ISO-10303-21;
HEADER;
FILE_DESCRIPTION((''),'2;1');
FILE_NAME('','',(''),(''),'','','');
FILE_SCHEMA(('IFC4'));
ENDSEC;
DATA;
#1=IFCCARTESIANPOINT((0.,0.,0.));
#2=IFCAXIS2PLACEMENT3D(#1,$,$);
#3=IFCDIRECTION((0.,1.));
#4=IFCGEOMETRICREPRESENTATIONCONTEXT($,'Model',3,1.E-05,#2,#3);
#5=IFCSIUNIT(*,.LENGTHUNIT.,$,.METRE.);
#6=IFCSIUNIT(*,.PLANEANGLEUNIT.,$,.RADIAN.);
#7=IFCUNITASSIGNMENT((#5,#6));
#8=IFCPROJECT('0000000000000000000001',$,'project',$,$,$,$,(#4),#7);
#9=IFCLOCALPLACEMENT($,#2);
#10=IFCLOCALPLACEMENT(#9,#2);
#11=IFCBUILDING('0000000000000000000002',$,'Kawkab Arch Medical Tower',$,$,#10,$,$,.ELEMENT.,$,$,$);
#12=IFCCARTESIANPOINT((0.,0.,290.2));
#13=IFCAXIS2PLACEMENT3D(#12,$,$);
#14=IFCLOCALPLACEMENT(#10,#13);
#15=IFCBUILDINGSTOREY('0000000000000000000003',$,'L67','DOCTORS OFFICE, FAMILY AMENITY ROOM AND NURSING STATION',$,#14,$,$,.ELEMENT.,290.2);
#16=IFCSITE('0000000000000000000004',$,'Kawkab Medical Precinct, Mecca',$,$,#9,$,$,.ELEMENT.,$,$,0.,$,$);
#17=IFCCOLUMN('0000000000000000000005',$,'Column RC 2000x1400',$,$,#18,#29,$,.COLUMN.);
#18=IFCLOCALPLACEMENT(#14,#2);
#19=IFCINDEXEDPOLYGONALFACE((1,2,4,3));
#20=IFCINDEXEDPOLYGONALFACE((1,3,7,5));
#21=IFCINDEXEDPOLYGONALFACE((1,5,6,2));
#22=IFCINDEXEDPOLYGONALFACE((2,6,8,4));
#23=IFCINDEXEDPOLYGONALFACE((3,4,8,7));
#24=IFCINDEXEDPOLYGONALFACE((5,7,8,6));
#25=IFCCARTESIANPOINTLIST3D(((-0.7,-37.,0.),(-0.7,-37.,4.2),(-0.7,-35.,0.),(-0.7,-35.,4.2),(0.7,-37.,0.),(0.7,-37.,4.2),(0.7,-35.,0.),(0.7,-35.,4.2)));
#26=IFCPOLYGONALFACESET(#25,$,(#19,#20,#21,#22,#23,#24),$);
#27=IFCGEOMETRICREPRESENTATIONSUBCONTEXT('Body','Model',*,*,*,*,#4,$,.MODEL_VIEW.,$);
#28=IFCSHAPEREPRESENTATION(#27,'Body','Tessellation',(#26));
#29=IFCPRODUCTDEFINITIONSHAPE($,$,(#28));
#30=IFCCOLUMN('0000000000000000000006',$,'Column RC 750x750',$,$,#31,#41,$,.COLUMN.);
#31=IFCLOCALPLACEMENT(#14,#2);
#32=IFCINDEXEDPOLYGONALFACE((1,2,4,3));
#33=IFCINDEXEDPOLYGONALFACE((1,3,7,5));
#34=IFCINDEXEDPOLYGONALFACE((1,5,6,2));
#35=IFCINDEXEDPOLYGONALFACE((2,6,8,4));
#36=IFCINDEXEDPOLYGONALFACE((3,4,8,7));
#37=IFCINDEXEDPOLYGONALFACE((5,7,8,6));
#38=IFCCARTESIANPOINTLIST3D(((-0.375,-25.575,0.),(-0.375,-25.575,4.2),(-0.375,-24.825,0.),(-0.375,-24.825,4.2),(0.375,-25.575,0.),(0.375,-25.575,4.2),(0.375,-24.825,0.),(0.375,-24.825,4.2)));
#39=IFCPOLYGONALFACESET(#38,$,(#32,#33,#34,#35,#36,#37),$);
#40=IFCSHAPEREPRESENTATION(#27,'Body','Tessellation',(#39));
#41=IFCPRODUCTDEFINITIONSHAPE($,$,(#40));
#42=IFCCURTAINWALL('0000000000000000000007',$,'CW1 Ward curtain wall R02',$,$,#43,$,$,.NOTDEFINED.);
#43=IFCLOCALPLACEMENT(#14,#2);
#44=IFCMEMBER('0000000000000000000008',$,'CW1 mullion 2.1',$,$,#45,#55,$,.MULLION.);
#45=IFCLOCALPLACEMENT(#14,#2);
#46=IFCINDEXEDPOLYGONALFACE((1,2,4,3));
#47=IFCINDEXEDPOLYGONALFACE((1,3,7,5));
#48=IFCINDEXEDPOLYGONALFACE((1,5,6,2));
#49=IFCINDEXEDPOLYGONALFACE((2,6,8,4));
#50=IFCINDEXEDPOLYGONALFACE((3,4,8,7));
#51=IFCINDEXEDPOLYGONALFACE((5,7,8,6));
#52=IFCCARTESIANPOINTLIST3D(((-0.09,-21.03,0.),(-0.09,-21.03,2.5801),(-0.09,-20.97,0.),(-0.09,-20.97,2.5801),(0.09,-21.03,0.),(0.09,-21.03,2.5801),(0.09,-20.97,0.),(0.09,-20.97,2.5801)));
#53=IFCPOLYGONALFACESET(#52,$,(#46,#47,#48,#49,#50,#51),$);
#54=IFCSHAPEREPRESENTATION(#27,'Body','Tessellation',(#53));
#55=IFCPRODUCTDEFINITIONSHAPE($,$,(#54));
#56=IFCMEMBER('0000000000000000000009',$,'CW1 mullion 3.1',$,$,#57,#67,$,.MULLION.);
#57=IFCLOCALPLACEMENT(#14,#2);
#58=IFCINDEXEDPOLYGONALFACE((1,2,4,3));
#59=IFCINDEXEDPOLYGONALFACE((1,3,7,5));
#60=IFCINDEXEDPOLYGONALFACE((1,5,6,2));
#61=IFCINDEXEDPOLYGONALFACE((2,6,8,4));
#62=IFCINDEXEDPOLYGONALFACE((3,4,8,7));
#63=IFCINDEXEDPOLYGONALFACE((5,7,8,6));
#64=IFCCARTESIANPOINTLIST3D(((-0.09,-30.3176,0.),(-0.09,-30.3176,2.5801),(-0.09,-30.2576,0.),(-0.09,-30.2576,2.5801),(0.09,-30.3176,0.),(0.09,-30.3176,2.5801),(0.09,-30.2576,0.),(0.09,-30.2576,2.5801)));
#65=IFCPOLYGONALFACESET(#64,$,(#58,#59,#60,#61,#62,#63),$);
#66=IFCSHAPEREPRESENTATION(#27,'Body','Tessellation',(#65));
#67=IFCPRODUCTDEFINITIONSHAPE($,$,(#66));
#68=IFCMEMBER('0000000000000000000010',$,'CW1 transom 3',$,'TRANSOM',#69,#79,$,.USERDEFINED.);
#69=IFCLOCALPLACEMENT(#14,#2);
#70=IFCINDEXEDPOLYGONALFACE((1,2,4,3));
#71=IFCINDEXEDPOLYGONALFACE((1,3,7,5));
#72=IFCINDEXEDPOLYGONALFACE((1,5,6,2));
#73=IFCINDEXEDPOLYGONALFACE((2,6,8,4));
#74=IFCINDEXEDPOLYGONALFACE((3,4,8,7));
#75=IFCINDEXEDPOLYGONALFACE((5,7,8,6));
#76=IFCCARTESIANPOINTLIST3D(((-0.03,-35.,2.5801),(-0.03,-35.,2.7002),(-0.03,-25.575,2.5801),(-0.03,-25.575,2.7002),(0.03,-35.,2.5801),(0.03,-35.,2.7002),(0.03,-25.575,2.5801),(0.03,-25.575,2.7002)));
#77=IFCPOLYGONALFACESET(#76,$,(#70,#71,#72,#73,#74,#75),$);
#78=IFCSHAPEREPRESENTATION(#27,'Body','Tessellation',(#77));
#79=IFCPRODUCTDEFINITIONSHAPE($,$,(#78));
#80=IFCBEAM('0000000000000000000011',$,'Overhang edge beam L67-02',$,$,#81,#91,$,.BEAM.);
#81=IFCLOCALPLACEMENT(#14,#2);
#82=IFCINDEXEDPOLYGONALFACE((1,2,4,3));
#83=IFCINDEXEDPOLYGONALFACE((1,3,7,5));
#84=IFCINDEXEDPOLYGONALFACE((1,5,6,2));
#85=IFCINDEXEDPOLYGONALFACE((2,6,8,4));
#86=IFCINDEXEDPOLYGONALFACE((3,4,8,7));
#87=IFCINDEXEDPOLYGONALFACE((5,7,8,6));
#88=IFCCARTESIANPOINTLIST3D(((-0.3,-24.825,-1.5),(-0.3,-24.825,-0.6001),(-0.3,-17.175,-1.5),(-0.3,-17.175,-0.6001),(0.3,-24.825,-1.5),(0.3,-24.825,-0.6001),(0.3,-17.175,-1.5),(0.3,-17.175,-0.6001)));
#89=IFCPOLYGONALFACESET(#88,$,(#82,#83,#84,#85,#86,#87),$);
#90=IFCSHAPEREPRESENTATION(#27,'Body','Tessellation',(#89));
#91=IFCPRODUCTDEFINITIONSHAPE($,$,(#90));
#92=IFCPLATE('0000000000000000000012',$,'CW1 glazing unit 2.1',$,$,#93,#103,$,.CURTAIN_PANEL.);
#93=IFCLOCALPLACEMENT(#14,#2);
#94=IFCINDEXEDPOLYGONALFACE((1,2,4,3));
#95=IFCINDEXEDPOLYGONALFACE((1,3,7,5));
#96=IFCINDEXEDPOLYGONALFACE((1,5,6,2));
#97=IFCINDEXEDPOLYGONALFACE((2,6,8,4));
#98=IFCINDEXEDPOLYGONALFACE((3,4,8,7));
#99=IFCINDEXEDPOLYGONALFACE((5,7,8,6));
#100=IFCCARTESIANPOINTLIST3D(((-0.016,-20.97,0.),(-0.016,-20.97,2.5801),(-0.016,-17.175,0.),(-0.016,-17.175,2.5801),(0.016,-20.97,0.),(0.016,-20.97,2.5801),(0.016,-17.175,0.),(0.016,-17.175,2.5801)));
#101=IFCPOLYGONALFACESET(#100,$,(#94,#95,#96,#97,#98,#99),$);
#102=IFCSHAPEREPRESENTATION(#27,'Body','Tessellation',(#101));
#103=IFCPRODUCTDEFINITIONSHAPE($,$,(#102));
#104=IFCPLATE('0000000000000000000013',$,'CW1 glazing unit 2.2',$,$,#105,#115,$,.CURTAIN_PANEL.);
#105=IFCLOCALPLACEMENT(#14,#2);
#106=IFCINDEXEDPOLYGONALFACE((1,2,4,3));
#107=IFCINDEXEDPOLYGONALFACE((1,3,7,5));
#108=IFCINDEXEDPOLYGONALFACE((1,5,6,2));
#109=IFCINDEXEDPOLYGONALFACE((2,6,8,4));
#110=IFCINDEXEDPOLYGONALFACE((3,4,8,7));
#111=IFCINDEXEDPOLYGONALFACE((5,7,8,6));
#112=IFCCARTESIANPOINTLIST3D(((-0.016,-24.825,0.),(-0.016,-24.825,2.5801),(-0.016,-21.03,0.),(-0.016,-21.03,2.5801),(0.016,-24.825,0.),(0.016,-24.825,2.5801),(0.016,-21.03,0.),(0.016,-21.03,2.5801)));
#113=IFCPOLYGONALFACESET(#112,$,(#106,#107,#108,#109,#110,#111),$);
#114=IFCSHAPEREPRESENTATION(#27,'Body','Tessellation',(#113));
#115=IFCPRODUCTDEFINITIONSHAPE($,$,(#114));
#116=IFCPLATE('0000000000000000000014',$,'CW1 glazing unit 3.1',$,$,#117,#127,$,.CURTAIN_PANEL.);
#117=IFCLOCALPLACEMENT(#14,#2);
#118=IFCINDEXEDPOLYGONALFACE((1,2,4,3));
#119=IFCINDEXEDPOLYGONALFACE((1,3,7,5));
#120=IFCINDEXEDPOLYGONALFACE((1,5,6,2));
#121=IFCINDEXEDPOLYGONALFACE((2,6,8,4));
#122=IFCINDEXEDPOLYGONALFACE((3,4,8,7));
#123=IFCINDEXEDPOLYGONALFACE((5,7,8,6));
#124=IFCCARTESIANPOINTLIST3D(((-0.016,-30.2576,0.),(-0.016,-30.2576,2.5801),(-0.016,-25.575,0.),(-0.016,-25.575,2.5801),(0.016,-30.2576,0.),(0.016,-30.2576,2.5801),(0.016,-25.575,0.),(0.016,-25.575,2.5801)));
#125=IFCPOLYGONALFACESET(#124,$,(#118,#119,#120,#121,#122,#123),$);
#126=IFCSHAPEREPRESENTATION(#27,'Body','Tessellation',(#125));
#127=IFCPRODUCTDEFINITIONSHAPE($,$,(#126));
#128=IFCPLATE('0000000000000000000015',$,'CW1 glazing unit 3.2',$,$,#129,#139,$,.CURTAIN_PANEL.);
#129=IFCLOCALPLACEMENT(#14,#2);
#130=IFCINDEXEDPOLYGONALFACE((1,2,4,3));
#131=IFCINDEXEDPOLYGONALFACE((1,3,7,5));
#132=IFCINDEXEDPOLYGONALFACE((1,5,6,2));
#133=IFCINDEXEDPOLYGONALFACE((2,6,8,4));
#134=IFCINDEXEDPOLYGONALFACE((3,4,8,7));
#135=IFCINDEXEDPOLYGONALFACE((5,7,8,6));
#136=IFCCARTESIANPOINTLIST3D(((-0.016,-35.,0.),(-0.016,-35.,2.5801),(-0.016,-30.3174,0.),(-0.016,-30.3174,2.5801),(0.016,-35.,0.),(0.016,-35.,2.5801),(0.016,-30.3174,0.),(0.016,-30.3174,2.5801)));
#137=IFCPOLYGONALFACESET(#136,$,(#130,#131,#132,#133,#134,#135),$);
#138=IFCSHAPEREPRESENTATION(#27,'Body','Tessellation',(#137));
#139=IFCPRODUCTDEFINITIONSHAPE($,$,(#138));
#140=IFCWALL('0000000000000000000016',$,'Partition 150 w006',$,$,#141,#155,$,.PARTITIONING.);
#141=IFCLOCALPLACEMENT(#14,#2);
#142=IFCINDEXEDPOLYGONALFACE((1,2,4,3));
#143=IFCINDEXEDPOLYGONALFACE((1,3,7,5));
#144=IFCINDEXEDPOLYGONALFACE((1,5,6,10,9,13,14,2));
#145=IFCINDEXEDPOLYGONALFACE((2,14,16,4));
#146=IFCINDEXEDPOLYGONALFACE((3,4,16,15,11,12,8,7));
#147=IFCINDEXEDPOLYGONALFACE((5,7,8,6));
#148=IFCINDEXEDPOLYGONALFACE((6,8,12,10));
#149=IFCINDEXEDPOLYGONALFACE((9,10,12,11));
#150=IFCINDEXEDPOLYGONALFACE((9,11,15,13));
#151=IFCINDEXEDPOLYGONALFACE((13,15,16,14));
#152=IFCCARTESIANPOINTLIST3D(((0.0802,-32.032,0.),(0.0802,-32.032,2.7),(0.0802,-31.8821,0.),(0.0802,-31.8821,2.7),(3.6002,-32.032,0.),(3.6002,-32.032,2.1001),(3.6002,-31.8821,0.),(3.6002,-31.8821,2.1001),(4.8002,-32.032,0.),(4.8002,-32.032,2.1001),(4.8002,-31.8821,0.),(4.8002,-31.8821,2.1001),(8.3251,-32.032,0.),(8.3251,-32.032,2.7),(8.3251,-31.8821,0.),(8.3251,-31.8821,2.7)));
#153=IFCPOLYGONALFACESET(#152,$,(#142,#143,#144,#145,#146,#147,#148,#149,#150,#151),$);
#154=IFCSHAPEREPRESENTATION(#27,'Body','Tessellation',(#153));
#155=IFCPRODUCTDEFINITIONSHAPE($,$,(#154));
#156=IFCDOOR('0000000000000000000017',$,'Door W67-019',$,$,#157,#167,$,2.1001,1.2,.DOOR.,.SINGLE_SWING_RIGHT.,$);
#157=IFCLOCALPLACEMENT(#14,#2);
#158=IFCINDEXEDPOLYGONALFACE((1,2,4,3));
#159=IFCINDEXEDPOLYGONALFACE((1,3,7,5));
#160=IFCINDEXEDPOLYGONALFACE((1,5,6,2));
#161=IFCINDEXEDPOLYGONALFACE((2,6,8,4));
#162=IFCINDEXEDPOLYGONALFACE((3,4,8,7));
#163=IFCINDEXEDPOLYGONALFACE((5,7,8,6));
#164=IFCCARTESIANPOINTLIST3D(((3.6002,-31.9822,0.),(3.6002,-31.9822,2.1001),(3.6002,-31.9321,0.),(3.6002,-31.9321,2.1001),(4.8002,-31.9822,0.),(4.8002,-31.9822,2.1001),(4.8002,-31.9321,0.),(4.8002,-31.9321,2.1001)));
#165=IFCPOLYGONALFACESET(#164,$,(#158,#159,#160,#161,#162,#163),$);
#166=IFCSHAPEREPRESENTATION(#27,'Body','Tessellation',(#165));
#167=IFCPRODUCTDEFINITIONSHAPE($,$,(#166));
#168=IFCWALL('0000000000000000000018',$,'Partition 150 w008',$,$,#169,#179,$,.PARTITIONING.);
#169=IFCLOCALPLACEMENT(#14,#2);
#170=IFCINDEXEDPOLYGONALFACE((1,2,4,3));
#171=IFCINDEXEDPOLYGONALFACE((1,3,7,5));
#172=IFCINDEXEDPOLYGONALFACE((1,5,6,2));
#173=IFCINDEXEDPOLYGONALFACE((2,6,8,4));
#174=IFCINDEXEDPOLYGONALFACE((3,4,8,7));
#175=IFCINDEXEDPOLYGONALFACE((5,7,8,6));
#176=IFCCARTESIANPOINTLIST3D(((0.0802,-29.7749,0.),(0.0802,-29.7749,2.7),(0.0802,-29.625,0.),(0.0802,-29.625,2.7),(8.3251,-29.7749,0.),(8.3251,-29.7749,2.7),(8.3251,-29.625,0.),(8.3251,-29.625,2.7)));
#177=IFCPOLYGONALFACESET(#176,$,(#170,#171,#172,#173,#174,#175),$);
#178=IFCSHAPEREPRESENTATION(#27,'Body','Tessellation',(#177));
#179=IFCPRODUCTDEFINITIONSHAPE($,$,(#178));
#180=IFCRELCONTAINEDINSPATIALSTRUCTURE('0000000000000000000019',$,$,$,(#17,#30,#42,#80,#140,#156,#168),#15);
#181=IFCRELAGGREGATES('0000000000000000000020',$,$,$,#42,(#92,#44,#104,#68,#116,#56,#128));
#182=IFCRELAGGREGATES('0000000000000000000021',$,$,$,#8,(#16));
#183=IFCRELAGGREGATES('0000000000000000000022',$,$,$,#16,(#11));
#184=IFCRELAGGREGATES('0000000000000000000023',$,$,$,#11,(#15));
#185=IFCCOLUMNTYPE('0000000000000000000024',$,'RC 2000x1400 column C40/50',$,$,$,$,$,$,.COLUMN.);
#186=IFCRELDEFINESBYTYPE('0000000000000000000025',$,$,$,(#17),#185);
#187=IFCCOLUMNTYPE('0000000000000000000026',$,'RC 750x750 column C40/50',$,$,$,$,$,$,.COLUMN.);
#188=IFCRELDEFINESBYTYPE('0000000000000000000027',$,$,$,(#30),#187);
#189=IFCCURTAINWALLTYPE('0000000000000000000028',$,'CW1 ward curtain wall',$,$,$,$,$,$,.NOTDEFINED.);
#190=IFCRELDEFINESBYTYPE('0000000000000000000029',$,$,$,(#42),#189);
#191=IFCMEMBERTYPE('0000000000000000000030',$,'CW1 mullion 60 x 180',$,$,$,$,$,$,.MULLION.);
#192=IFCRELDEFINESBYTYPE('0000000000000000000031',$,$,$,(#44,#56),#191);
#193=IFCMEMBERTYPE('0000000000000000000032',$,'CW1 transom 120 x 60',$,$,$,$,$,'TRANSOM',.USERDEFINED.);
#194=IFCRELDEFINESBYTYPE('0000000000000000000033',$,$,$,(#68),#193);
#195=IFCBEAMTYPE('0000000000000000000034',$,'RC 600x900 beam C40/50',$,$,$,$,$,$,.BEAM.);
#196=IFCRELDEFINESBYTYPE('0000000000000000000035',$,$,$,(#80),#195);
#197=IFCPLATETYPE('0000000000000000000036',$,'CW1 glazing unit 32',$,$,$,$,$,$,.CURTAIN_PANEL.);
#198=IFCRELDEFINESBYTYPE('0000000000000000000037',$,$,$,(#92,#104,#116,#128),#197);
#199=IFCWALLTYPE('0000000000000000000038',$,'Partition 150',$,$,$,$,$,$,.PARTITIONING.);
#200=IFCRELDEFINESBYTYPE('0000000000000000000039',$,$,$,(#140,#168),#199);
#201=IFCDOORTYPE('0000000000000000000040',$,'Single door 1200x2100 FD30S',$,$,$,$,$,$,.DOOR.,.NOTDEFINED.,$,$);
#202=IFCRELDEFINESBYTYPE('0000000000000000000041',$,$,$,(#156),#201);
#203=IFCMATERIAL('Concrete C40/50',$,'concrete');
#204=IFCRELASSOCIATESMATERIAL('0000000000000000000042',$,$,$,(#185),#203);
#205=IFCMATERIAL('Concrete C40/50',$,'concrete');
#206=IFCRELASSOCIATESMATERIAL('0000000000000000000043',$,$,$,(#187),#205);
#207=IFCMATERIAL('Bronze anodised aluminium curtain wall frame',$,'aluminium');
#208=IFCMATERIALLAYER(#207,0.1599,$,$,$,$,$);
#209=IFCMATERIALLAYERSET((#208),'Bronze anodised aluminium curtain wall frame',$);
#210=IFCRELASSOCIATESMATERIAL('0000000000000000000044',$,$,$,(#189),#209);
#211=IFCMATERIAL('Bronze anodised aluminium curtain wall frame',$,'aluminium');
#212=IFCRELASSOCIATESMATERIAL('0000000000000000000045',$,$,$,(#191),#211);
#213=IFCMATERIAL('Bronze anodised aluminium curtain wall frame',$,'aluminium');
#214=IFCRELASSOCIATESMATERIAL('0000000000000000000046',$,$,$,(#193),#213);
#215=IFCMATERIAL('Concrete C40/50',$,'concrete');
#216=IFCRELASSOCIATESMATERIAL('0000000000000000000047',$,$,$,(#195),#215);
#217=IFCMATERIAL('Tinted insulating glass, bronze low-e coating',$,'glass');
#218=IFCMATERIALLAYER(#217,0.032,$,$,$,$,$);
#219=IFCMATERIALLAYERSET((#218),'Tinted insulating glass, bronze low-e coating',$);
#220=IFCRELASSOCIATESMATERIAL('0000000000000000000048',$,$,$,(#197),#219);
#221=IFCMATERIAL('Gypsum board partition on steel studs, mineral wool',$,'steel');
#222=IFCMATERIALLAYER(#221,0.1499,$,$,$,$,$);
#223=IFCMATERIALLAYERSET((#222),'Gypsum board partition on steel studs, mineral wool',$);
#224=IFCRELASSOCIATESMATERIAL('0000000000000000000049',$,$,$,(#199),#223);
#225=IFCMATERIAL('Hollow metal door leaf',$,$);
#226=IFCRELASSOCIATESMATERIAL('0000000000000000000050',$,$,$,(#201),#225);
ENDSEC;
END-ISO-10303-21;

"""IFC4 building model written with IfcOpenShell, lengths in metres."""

from ifc_helpers import new_model, si_unit, direction, frame, frame_2d, origin, origin_2d, place, context, subcontext, project, spatial, rectangle, extrude, material, layer, layer_set, material_profile, profile_set, type_object, element, fill, aggregate, save


model = new_model("IFC4")

# Units and contexts
model_context = context("Model", 3, precision=1e-05, world=origin(), true_north=direction((0.0, 1.0)))
body_context = subcontext(model_context, "Body", "Model", "MODEL_VIEW")
ifc_project = project(units=[si_unit("LENGTHUNIT", "METRE"), si_unit("PLANEANGLEUNIT", "RADIAN")], contexts=[model_context])

# Site, building, storey
site_placement = place(None, origin())
site = spatial("IfcSite", under=ifc_project, at=site_placement, Name="Kawkab Medical Precinct, Mecca", CompositionType="ELEMENT", RefElevation=0.0)
building_placement = place(site_placement, origin())
building = spatial("IfcBuilding", under=site, at=building_placement, Name="Kawkab Arch Medical Tower", CompositionType="ELEMENT")
storey_placement = place(building_placement, frame((0.0, 0.0, 290.2)))
storey = spatial("IfcBuildingStorey", under=building, at=storey_placement, Name="L67", Description="DOCTORS OFFICE, FAMILY AMENITY ROOM AND NURSING STATION", CompositionType="ELEMENT", Elevation=290.2)

# Columns
ifc_material_1 = material(Name="Concrete C40/50", Category="concrete")
ifc_material_profile_1 = material_profile(ifc_material_1, rectangle(XDim=2.0, YDim=1.3999, at=origin_2d()), Name="RC 2000x1400")
ifc_profile_set_1 = profile_set([ifc_material_profile_1], Name="Concrete C40/50")
column_type_1 = type_object("IfcColumnType", Name="RC 2000x1400 column C40/50", PredefinedType="COLUMN", material=ifc_profile_set_1)
column_1_placement = place(storey_placement, frame((0.0, -36.0, 0.0), z_axis=(0.0, 0.0, 1.0), x_axis=(0.0, 1.0, 0.0)))
element("IfcColumn", 1, at=column_1_placement, inside=storey, type_object=column_type_1, Name="Column RC 2000x1400", PredefinedType="COLUMN", context=body_context, shape_type="SweptSolid", body=[
    extrude(rectangle(XDim=2.0, YDim=1.3999, at=origin_2d()), origin(), (0.0, 0.0, 1.0), 4.2),
])
ifc_material_2 = material(Name="Concrete C40/50", Category="concrete")
ifc_material_profile_2 = material_profile(ifc_material_2, rectangle(XDim=0.75, YDim=0.75, at=origin_2d()), Name="RC 750x750")
ifc_profile_set_2 = profile_set([ifc_material_profile_2], Name="Concrete C40/50")
column_type_2 = type_object("IfcColumnType", Name="RC 750x750 column C40/50", PredefinedType="COLUMN", material=ifc_profile_set_2)
column_2_placement = place(storey_placement, frame((0.0, -25.2, 0.0), z_axis=(0.0, 0.0, 1.0), x_axis=(1.0, 0.0, 0.0)))
element("IfcColumn", 2, at=column_2_placement, inside=storey, type_object=column_type_2, Name="Column RC 750x750", PredefinedType="COLUMN", context=body_context, shape_type="SweptSolid", body=[
    extrude(rectangle(XDim=0.75, YDim=0.75, at=origin_2d()), origin(), (0.0, 0.0, 1.0), 4.2),
])

# Curtain wall, members
ifc_material_3 = material(Name="Bronze anodised aluminium curtain wall frame", Category="aluminium")
ifc_layer_1 = layer(ifc_material_3, 0.1599)
ifc_layer_set_1 = layer_set([ifc_layer_1], Name="Bronze anodised aluminium curtain wall frame")
curtain_wall_type = type_object("IfcCurtainWallType", Name="CW1 ward curtain wall", PredefinedType="NOTDEFINED", material=ifc_layer_set_1)
placement = place(storey_placement, origin())
curtain_wall = element("IfcCurtainWall", 3, at=placement, inside=storey, type_object=curtain_wall_type, Name="CW1 Ward curtain wall R02", PredefinedType="NOTDEFINED")
ifc_material_4 = material(Name="Bronze anodised aluminium curtain wall frame", Category="aluminium")
ifc_material_profile_3 = material_profile(ifc_material_4, rectangle(XDim=0.1799, YDim=0.0601, at=origin_2d()), Name="AL 60x180")
ifc_profile_set_3 = profile_set([ifc_material_profile_3], Name="Bronze anodised aluminium curtain wall frame")
member_type_1 = type_object("IfcMemberType", Name="CW1 mullion 60 x 180", PredefinedType="MULLION", material=ifc_profile_set_3)
member_1_placement = place(storey_placement, frame((0.0, -21.0, 0.0), z_axis=(0.0, 0.0, 1.0), x_axis=(1.0, 0.0, 0.0)))
member_1 = element("IfcMember", 4, at=member_1_placement, type_object=member_type_1, Name="CW1 mullion 2.1", PredefinedType="MULLION", context=body_context, shape_type="SweptSolid", body=[
    extrude(rectangle(XDim=0.1799, YDim=0.0601, at=origin_2d()), origin(), (0.0, 0.0, 1.0), 2.5801),
])
member_2_placement = place(storey_placement, frame((0.0, -30.2876, 0.0), z_axis=(0.0, 0.0, 1.0), x_axis=(1.0, 0.0, 0.0)))
member_2 = element("IfcMember", 5, at=member_2_placement, type_object=member_type_1, Name="CW1 mullion 3.1", PredefinedType="MULLION", context=body_context, shape_type="SweptSolid", body=[
    extrude(rectangle(XDim=0.1799, YDim=0.0601, at=origin_2d()), origin(), (0.0, 0.0, 1.0), 2.5801),
])
ifc_material_5 = material(Name="Bronze anodised aluminium curtain wall frame", Category="aluminium")
ifc_material_profile_4 = material_profile(ifc_material_5, rectangle(XDim=0.0601, YDim=0.1201, at=origin_2d()), Name="AL 60x120")
ifc_profile_set_4 = profile_set([ifc_material_profile_4], Name="Bronze anodised aluminium curtain wall frame")
member_type_2 = type_object("IfcMemberType", Name="CW1 transom 120 x 60", ElementType="TRANSOM", PredefinedType="USERDEFINED", material=ifc_profile_set_4)
member_3_placement = place(storey_placement, frame((0.0, -25.575, 2.6401), z_axis=(0.0, -1.0, 0.0), x_axis=(1.0, 0.0, 0.0)))
member_3 = element("IfcMember", 6, at=member_3_placement, type_object=member_type_2, Name="CW1 transom 3", ObjectType="TRANSOM", PredefinedType="USERDEFINED", context=body_context, shape_type="SweptSolid", body=[
    extrude(rectangle(XDim=0.0601, YDim=0.1201, at=origin_2d()), origin(), (0.0, 0.0, 1.0), 9.425),
])

# Beam
ifc_material_6 = material(Name="Concrete C40/50", Category="concrete")
ifc_material_profile_5 = material_profile(ifc_material_6, rectangle(XDim=0.6001, YDim=0.8999, at=origin_2d()), Name="RC 600x900")
ifc_profile_set_5 = profile_set([ifc_material_profile_5], Name="Concrete C40/50")
beam_type = type_object("IfcBeamType", Name="RC 600x900 beam C40/50", PredefinedType="BEAM", material=ifc_profile_set_5)
beam_placement = place(storey_placement, frame((0.0, -24.825, -1.05), z_axis=(0.0, 1.0, 0.0), x_axis=(-1.0, 0.0, 0.0)))
element("IfcBeam", 7, at=beam_placement, inside=storey, type_object=beam_type, Name="Overhang edge beam L67-02", PredefinedType="BEAM", context=body_context, shape_type="SweptSolid", body=[
    extrude(rectangle(XDim=0.6001, YDim=0.8999, at=origin_2d()), origin(), (0.0, 0.0, 1.0), 7.6499),
])

# Plates
ifc_material_7 = material(Name="Tinted insulating glass, bronze low-e coating", Category="glass")
ifc_layer_2 = layer(ifc_material_7, 0.032)
ifc_layer_set_2 = layer_set([ifc_layer_2], Name="Tinted insulating glass, bronze low-e coating")
plate_type = type_object("IfcPlateType", Name="CW1 glazing unit 32", PredefinedType="CURTAIN_PANEL", material=ifc_layer_set_2)
plate_1_placement = place(storey_placement, frame((0.0, -19.0725, 0.0), z_axis=(0.0, 0.0, 1.0), x_axis=(0.0, -1.0, 0.0)))
plate_1 = element("IfcPlate", 8, at=plate_1_placement, type_object=plate_type, Name="CW1 glazing unit 2.1", PredefinedType="CURTAIN_PANEL", context=body_context, shape_type="SweptSolid", body=[
    extrude(rectangle(XDim=3.7949, YDim=0.032, at=origin_2d()), origin(), (0.0, 0.0, 1.0), 2.5801),
])
plate_2_placement = place(storey_placement, frame((0.0, -22.9275, 0.0), z_axis=(0.0, 0.0, 1.0), x_axis=(0.0, -1.0, 0.0)))
plate_2 = element("IfcPlate", 9, at=plate_2_placement, type_object=plate_type, Name="CW1 glazing unit 2.2", PredefinedType="CURTAIN_PANEL", context=body_context, shape_type="SweptSolid", body=[
    extrude(rectangle(XDim=3.7949, YDim=0.032, at=origin_2d()), origin(), (0.0, 0.0, 1.0), 2.5801),
])
plate_3_placement = place(storey_placement, frame((0.0, -27.9163, 0.0), z_axis=(0.0, 0.0, 1.0), x_axis=(0.0, -1.0, 0.0)))
plate_3 = element("IfcPlate", 10, at=plate_3_placement, type_object=plate_type, Name="CW1 glazing unit 3.1", PredefinedType="CURTAIN_PANEL", context=body_context, shape_type="SweptSolid", body=[
    extrude(rectangle(XDim=4.6826, YDim=0.032, at=origin_2d()), origin(), (0.0, 0.0, 1.0), 2.5801),
])
plate_4_placement = place(storey_placement, frame((0.0, -32.6587, 0.0), z_axis=(0.0, 0.0, 1.0), x_axis=(0.0, -1.0, 0.0)))
plate_4 = element("IfcPlate", 11, at=plate_4_placement, type_object=plate_type, Name="CW1 glazing unit 3.2", PredefinedType="CURTAIN_PANEL", context=body_context, shape_type="SweptSolid", body=[
    extrude(rectangle(XDim=4.6826, YDim=0.032, at=origin_2d()), origin(), (0.0, 0.0, 1.0), 2.5801),
])
aggregate(curtain_wall, [plate_1, member_1, plate_2, member_3, plate_3, member_2, plate_4])

# Wall, opening, door
ifc_material_8 = material(Name="Gypsum board partition on steel studs, mineral wool", Category="steel")
ifc_layer_3 = layer(ifc_material_8, 0.1499)
ifc_layer_set_3 = layer_set([ifc_layer_3], Name="Gypsum board partition on steel studs, mineral wool")
wall_type_1 = type_object("IfcWallType", Name="Partition 150", PredefinedType="PARTITIONING", material=ifc_layer_set_3)
wall_1_placement = place(storey_placement, frame((0.0801, -31.957, 0.0), z_axis=(0.0, 0.0, 1.0), x_axis=(1.0, 0.0, 0.0)))
wall_1 = element("IfcWall", 12, at=wall_1_placement, inside=storey, type_object=wall_type_1, Name="Partition 150 w006", PredefinedType="PARTITIONING", context=body_context, shape_type="SweptSolid", body=[
    extrude(rectangle(XDim=8.2449, YDim=0.1499, at=frame_2d((4.1226, 0.0))), origin(), (0.0, 0.0, 1.0), 2.7),
])
opening_1_placement = place(wall_1_placement, frame((3.52, 0.0, 0.0)))
opening_1 = element("IfcOpeningElement", 13, at=opening_1_placement, cuts=wall_1, PredefinedType="OPENING", context=body_context, shape_type="SweptSolid", body=[
    extrude(rectangle(XDim=1.2, YDim=2.1001, at=frame_2d((0.6001, 1.05))), frame((0.0, 0.085, 0.0), z_axis=(0.0, -1.0, 0.0), x_axis=(1.0, 0.0, 0.0)), (0.0, 0.0, 1.0), 0.1699),
])
ifc_material_9 = material(Name="Hollow metal door leaf")
door_type_1 = type_object("IfcDoorType", Name="Single door 1200x2100 FD30S", OperationType="NOTDEFINED", PredefinedType="DOOR", material=ifc_material_9)
door_1_placement = place(opening_1_placement, origin())
door_1 = element("IfcDoor", 14, at=door_1_placement, inside=storey, type_object=door_type_1, Name="Door W67-019", OperationType="SINGLE_SWING_RIGHT", OverallHeight=2.1001, OverallWidth=1.2, PredefinedType="DOOR", context=body_context, shape_type="SweptSolid", body=[
    extrude(rectangle(XDim=1.2, YDim=2.1001, at=frame_2d((0.6001, 1.05))), frame((0.0, 0.0249, 0.0), z_axis=(0.0, -1.0, 0.0), x_axis=(1.0, 0.0, 0.0)), (0.0, 0.0, 1.0), 0.05),
])
fill(opening_1, door_1)

# Wall
wall_2_placement = place(storey_placement, frame((0.0801, -29.7, 0.0), z_axis=(0.0, 0.0, 1.0), x_axis=(1.0, 0.0, 0.0)))
element("IfcWall", 15, at=wall_2_placement, inside=storey, type_object=wall_type_1, Name="Partition 150 w008", PredefinedType="PARTITIONING", context=body_context, shape_type="SweptSolid", body=[
    extrude(rectangle(XDim=8.2449, YDim=0.1499, at=frame_2d((4.1226, 0.0))), origin(), (0.0, 0.0, 1.0), 2.7),
])

save(model, "model.ifc")
